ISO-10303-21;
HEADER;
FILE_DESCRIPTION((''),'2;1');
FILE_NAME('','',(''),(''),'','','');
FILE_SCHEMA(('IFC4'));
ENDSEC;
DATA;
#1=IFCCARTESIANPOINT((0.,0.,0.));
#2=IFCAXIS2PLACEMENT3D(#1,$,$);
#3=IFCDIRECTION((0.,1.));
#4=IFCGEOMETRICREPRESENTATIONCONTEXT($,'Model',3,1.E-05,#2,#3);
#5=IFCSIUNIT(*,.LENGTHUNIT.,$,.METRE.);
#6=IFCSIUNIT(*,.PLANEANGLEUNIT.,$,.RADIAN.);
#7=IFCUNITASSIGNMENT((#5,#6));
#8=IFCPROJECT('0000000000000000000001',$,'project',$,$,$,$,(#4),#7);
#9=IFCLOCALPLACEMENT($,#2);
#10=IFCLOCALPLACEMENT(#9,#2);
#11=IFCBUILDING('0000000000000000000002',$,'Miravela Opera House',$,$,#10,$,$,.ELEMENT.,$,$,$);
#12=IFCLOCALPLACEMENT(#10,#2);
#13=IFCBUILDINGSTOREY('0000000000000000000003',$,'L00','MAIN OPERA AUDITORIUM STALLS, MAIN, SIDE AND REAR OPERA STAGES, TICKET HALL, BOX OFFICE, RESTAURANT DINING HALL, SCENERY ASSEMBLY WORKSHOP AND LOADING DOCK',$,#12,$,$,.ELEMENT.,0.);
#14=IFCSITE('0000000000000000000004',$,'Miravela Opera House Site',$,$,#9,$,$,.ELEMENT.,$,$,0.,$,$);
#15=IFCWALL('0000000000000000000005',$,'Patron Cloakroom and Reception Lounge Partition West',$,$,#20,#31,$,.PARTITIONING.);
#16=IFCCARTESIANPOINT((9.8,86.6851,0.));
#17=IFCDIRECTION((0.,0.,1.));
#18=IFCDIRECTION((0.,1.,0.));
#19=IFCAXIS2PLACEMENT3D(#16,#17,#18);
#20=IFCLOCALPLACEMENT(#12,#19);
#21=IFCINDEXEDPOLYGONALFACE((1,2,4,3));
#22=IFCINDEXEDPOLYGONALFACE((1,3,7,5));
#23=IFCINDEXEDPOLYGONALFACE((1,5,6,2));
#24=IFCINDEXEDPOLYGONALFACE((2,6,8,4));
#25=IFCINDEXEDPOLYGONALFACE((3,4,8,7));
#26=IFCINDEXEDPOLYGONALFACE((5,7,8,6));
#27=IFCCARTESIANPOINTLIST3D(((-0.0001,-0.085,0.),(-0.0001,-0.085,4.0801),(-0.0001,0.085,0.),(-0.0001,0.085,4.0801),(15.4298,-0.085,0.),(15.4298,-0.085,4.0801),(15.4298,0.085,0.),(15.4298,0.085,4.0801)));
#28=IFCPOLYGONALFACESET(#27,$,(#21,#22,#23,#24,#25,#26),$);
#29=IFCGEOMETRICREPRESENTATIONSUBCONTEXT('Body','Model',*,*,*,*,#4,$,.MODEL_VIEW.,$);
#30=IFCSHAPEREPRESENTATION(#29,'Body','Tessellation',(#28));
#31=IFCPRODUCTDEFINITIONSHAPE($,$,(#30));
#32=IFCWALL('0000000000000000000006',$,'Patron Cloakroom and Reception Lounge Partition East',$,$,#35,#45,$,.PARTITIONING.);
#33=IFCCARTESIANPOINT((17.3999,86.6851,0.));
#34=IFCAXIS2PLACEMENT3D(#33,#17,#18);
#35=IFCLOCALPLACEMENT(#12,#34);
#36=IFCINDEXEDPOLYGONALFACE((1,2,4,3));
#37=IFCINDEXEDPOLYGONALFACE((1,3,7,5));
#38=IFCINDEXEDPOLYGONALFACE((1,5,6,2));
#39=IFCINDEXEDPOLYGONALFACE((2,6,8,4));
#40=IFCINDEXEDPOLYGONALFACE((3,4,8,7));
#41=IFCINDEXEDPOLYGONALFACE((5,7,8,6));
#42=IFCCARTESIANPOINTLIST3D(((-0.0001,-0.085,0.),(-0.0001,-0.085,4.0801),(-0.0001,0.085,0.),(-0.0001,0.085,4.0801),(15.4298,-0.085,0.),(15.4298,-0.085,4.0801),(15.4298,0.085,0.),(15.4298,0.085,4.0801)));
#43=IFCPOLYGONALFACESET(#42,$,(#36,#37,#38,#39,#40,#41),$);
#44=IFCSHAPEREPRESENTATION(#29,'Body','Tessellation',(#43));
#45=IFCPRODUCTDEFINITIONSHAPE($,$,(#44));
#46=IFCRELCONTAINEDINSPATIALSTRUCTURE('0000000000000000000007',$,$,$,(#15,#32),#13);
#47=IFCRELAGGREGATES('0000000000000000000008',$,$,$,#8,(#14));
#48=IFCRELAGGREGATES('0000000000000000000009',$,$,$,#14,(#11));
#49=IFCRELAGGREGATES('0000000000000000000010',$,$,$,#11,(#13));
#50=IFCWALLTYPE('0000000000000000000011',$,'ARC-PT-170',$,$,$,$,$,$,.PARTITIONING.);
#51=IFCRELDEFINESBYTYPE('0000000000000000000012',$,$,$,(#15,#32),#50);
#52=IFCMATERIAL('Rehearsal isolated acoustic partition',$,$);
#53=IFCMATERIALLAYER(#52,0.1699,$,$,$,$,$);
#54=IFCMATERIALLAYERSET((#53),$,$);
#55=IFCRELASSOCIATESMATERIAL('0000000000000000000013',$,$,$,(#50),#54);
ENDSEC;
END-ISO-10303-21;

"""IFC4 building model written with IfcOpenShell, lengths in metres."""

from ifc_helpers import new_model, si_unit, direction, frame, frame_2d, origin, place, context, subcontext, project, spatial, rectangle, extrude, material, layer, layer_set, type_object, element, save


model = new_model("IFC4")

# Units and contexts
model_context = context("Model", 3, precision=1e-05, world=origin(), true_north=direction((0.0, 1.0)))
body_context = subcontext(model_context, "Body", "Model", "MODEL_VIEW")
ifc_project = project(units=[si_unit("LENGTHUNIT", "METRE"), si_unit("PLANEANGLEUNIT", "RADIAN")], contexts=[model_context])

# Site, building, storey
site_placement = place(None, origin())
site = spatial("IfcSite", under=ifc_project, at=site_placement, Name="Miravela Opera House Site", CompositionType="ELEMENT", RefElevation=0.0)
building_placement = place(site_placement, origin())
building = spatial("IfcBuilding", under=site, at=building_placement, Name="Miravela Opera House", CompositionType="ELEMENT")
storey_placement = place(building_placement, origin())
storey = spatial("IfcBuildingStorey", under=building, at=storey_placement, Name="L00", Description="MAIN OPERA AUDITORIUM STALLS, MAIN, SIDE AND REAR OPERA STAGES, TICKET HALL, BOX OFFICE, RESTAURANT DINING HALL, SCENERY ASSEMBLY WORKSHOP AND LOADING DOCK", CompositionType="ELEMENT", Elevation=0.0)

# Shared definitions
ifc_material_1 = material(Name="Rehearsal isolated acoustic partition")
ifc_layer_1 = layer(ifc_material_1, 0.1699)
ifc_layer_set_1 = layer_set([ifc_layer_1])
wall_type_1 = type_object("IfcWallType", Name="ARC-PT-170", PredefinedType="PARTITIONING", material=ifc_layer_set_1)

# Walls
for number, where, z_axis, x_axis, name in (
    (1, (9.8, 86.6851, 0.0), (0.0, 0.0, 1.0), (0.0, 1.0, 0.0), "Patron Cloakroom and Reception Lounge Partition West"),
    (2, (17.3999, 86.6851, 0.0), (0.0, 0.0, 1.0), (0.0, 1.0, 0.0), "Patron Cloakroom and Reception Lounge Partition East"),
):
    element("IfcWall", number, at=place(storey_placement, frame(where, z_axis=z_axis, x_axis=x_axis)), inside=storey, type_object=wall_type_1, Name=name, PredefinedType="PARTITIONING", context=body_context, shape_type="SweptSolid", body=[
        extrude(rectangle(XDim=15.4299, YDim=0.1699, at=frame_2d((7.7148, 0.0))), origin(), (0.0, 0.0, 1.0), 4.0801),
    ])

save(model, "model.ifc")
